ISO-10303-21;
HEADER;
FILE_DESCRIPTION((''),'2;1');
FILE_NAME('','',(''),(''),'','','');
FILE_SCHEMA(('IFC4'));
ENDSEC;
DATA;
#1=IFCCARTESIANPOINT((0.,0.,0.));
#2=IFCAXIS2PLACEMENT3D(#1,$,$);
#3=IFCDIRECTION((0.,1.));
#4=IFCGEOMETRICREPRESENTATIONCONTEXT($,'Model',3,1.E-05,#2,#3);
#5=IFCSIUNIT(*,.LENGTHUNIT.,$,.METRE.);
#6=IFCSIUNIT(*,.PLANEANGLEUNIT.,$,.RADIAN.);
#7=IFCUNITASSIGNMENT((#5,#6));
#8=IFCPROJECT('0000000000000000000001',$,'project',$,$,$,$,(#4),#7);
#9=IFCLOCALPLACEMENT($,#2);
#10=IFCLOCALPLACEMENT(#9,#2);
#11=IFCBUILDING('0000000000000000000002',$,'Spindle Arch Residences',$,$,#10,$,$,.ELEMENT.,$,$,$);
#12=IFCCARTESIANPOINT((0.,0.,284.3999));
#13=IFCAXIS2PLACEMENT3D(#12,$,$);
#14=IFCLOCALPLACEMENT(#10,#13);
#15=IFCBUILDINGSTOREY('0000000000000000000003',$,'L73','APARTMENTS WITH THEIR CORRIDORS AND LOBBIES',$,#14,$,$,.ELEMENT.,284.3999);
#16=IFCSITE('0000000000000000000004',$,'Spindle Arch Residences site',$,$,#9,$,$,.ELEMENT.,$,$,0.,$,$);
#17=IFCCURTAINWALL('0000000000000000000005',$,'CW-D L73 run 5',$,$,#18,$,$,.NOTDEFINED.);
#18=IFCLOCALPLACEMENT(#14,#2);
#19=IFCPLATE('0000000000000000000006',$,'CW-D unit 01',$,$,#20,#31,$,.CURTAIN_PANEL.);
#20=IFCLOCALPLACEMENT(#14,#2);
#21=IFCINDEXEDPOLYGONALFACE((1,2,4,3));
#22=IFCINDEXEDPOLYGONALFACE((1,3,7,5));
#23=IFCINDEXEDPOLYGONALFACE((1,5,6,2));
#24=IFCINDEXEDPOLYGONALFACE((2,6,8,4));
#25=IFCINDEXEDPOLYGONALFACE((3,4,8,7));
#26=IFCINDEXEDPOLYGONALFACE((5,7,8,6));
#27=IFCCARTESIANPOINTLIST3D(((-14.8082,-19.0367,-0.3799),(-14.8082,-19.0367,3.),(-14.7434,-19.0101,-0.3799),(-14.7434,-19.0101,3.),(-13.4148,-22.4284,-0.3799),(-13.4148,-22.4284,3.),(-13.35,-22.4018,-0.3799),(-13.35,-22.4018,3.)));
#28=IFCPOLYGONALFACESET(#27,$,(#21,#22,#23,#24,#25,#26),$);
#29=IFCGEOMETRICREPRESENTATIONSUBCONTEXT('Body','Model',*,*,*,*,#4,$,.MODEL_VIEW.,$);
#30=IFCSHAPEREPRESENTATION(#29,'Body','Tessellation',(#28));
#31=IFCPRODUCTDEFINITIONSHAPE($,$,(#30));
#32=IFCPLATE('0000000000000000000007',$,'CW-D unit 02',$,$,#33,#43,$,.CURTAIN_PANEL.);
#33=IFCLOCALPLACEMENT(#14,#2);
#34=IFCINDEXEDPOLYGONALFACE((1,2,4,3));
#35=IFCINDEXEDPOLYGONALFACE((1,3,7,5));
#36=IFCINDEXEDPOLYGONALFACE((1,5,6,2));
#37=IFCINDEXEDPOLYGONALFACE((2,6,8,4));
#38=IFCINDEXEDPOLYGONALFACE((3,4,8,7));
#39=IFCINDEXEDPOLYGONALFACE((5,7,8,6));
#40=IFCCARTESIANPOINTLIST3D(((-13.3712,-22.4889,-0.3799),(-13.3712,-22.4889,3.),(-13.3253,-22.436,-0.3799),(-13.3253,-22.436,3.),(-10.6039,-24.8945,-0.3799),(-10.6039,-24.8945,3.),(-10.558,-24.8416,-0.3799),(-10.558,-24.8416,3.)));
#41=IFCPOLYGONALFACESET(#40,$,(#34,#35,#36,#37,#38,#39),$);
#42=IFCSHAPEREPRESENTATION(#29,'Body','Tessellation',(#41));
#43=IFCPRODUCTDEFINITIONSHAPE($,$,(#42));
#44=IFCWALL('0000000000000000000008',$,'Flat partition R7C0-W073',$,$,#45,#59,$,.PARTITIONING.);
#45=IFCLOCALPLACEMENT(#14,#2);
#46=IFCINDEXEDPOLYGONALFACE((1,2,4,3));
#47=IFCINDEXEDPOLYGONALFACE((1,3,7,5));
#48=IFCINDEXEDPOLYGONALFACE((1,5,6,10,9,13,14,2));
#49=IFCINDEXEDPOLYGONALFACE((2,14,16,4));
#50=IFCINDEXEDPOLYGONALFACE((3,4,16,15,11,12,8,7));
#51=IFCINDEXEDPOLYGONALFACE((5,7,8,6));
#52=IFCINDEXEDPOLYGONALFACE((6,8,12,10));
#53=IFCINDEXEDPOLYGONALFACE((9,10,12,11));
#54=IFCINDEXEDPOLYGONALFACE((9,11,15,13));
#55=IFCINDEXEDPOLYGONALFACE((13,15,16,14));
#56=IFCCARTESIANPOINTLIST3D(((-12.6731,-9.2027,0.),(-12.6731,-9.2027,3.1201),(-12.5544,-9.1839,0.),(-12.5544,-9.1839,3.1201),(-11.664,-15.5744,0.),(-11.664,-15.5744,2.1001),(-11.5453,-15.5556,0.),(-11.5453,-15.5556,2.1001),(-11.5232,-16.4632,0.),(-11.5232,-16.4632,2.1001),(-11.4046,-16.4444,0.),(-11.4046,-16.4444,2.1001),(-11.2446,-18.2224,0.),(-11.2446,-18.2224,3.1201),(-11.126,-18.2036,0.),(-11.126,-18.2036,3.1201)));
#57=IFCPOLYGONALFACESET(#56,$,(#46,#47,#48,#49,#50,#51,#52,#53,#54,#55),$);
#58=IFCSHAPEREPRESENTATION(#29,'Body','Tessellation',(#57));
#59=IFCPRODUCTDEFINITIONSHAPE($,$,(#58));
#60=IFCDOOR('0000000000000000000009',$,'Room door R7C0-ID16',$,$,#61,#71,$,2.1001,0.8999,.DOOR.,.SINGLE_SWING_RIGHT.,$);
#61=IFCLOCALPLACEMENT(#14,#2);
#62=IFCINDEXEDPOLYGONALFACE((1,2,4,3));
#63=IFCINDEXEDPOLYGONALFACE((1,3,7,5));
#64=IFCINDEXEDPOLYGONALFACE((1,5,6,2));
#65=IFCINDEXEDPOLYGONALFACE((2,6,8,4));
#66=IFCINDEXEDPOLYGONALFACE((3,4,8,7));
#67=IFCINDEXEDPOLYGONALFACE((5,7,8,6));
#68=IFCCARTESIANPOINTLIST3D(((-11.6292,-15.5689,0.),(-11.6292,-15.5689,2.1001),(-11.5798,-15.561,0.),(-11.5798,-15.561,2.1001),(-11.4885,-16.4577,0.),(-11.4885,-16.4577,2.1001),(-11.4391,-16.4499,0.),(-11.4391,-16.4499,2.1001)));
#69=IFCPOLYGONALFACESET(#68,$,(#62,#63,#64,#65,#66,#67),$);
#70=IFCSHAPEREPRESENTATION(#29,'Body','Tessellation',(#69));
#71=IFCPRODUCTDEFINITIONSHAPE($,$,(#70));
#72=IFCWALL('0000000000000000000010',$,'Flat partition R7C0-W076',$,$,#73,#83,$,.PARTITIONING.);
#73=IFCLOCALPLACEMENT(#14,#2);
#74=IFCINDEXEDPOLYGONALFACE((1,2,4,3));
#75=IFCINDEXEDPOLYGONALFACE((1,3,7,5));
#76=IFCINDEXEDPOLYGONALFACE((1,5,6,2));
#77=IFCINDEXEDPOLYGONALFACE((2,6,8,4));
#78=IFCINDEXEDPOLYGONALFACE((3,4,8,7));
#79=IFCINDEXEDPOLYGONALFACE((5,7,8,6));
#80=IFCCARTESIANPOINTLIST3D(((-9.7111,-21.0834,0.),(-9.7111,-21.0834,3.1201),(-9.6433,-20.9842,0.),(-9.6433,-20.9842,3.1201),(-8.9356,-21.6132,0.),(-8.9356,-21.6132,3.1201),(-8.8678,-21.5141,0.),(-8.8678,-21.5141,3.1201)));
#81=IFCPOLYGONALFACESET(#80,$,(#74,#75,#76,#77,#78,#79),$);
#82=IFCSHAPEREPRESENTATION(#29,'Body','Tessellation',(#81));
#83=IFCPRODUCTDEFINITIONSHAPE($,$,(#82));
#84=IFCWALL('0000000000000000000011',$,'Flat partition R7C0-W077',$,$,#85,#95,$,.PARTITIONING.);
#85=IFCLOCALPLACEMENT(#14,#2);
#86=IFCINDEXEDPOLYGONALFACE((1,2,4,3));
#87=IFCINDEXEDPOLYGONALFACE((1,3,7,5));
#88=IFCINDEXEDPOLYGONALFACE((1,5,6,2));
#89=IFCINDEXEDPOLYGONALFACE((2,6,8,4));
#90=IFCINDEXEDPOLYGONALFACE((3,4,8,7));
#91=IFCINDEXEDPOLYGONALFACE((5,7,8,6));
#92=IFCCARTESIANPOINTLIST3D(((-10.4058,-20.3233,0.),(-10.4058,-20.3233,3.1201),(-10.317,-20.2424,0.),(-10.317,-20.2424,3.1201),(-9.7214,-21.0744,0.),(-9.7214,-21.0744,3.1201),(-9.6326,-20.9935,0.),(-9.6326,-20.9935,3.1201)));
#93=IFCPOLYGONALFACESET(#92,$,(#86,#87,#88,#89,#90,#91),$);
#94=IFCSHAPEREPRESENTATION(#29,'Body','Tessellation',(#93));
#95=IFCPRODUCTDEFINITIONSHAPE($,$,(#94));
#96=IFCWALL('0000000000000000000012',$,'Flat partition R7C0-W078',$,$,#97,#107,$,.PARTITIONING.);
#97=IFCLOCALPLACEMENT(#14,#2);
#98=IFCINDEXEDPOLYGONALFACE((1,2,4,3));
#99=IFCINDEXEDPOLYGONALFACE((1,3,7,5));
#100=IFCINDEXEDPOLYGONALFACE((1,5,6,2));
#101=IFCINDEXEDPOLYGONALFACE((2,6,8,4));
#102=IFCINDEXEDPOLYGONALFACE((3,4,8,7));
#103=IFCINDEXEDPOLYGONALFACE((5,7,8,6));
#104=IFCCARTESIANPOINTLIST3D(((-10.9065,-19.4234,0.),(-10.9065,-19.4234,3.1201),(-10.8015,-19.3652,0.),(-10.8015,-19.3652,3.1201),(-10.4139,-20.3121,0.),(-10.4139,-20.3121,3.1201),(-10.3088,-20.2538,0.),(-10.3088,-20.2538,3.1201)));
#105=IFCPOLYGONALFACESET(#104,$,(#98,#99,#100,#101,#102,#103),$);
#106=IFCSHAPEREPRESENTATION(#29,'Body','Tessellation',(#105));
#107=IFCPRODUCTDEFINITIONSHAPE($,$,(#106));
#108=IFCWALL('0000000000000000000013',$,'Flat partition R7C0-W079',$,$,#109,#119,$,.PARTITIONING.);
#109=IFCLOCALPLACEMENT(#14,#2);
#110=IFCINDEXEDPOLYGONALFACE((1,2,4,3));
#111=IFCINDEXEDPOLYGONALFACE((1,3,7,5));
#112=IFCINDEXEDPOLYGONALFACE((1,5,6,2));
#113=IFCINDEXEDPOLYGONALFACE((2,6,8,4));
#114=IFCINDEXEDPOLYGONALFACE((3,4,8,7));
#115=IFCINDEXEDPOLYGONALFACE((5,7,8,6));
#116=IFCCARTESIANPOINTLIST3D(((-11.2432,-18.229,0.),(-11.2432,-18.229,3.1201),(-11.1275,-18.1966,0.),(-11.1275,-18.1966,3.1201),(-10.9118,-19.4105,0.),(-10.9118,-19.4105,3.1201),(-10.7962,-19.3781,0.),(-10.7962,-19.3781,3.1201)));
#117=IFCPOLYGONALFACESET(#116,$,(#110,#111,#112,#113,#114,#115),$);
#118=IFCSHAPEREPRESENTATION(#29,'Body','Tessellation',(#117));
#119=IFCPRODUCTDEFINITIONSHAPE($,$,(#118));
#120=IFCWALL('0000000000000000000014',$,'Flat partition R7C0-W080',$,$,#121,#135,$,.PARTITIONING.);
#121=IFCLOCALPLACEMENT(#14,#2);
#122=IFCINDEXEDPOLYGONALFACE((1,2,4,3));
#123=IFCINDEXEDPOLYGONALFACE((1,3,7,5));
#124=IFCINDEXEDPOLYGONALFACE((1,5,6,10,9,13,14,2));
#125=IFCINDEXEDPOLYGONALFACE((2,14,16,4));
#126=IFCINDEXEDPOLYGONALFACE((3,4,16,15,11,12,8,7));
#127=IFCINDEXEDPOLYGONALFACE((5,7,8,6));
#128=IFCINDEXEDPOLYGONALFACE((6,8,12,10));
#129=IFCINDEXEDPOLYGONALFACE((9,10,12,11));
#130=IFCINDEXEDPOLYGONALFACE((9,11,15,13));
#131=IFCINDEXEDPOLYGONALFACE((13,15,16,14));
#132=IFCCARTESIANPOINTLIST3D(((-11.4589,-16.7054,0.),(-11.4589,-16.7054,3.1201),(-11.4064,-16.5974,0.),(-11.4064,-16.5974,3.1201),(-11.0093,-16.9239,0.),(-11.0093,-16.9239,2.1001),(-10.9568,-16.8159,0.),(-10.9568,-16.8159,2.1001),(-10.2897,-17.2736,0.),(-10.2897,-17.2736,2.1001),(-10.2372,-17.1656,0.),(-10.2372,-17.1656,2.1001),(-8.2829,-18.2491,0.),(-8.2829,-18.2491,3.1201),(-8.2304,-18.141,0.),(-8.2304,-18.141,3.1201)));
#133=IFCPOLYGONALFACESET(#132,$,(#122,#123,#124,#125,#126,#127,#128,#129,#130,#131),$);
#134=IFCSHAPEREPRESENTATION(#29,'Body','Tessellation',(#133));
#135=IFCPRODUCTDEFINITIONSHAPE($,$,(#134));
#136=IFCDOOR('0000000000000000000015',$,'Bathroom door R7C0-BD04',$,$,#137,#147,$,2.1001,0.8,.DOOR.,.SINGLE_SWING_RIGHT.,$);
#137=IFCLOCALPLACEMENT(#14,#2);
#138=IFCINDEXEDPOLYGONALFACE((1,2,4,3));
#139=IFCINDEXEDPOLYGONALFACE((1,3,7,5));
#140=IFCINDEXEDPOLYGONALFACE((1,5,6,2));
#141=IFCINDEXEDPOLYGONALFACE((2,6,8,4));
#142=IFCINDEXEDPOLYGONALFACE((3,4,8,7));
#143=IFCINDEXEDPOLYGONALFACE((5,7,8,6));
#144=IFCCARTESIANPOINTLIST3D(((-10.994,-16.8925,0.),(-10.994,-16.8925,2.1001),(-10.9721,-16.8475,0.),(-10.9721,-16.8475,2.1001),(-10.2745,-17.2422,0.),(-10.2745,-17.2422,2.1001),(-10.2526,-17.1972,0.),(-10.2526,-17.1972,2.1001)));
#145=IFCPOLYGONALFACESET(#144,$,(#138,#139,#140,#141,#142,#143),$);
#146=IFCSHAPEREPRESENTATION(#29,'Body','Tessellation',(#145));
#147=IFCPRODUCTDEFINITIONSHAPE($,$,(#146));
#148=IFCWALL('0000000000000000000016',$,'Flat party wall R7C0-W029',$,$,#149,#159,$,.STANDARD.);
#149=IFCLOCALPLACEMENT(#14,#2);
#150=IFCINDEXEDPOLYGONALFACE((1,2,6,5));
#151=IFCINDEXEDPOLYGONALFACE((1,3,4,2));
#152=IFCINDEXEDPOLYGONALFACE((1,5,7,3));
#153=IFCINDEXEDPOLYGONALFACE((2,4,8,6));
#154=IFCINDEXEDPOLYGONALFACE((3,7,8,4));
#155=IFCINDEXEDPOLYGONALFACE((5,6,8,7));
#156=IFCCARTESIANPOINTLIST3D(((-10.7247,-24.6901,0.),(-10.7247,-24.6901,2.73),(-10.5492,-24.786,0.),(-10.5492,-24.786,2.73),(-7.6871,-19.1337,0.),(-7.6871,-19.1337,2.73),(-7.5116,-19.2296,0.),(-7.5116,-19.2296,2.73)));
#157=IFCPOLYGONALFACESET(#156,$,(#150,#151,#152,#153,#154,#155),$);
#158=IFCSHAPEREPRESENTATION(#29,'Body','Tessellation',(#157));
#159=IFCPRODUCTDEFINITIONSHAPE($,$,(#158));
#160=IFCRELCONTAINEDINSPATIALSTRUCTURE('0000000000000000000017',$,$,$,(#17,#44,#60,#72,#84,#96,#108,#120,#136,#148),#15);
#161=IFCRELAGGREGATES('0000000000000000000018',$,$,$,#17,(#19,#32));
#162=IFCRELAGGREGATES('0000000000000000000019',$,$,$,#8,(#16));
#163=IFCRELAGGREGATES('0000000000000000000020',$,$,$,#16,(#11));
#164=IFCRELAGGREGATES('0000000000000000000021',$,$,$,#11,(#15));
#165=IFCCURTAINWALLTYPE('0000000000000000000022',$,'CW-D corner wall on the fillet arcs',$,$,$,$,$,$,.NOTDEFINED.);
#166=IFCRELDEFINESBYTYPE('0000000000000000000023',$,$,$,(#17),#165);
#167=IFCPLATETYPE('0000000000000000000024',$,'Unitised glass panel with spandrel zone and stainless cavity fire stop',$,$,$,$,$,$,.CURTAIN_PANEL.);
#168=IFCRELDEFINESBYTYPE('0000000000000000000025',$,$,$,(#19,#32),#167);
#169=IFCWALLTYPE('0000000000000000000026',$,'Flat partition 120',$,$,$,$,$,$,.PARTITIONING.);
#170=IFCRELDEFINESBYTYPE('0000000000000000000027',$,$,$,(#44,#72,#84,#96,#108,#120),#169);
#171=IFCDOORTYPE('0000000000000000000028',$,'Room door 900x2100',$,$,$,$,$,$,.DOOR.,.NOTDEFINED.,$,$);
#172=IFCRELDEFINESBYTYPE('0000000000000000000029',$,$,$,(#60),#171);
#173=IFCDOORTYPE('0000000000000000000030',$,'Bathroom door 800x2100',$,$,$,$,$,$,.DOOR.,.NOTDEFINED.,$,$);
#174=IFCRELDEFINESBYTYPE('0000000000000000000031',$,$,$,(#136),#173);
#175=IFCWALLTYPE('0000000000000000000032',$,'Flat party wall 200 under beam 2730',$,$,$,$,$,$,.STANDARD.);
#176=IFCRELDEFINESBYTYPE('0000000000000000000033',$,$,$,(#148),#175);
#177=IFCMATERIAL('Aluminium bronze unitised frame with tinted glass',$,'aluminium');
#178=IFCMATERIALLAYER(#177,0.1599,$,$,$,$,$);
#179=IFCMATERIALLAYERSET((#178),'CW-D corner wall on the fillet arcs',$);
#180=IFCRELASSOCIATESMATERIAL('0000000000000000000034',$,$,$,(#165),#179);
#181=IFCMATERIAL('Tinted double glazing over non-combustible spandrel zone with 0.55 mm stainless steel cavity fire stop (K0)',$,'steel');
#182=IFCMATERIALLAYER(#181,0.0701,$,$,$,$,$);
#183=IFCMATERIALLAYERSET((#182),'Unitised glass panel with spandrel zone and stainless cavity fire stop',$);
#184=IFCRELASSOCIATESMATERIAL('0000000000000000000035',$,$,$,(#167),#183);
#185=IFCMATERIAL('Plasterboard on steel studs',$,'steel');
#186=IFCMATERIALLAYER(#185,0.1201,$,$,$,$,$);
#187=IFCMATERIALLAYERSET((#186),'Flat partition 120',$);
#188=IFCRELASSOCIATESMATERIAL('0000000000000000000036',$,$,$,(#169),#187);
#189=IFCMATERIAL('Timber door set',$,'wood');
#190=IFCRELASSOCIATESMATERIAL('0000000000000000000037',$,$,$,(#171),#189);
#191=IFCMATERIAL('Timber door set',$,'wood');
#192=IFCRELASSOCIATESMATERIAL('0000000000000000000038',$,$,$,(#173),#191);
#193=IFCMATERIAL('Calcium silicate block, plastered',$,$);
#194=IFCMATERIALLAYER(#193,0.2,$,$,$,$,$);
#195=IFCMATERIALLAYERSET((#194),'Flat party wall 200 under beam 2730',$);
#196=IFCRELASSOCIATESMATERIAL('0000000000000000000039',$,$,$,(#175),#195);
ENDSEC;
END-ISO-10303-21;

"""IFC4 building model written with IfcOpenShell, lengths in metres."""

from ifc_helpers import new_model, si_unit, direction, frame, frame_2d, origin, origin_2d, place, context, subcontext, project, spatial, rectangle, extrude, material, layer, layer_set, type_object, element, fill, aggregate, save


model = new_model("IFC4")

# Units and contexts
model_context = context("Model", 3, precision=1e-05, world=origin(), true_north=direction((0.0, 1.0)))
body_context = subcontext(model_context, "Body", "Model", "MODEL_VIEW")
ifc_project = project(units=[si_unit("LENGTHUNIT", "METRE"), si_unit("PLANEANGLEUNIT", "RADIAN")], contexts=[model_context])

# Site, building, storey
site_placement = place(None, origin())
site = spatial("IfcSite", under=ifc_project, at=site_placement, Name="Spindle Arch Residences site", CompositionType="ELEMENT", RefElevation=0.0)
building_placement = place(site_placement, origin())
building = spatial("IfcBuilding", under=site, at=building_placement, Name="Spindle Arch Residences", CompositionType="ELEMENT")
storey_placement = place(building_placement, frame((0.0, 0.0, 284.3999)))
storey = spatial("IfcBuildingStorey", under=building, at=storey_placement, Name="L73", Description="APARTMENTS WITH THEIR CORRIDORS AND LOBBIES", CompositionType="ELEMENT", Elevation=284.3999)

# Curtain wall
ifc_material_1 = material(Name="Aluminium bronze unitised frame with tinted glass", Category="aluminium")
ifc_layer_1 = layer(ifc_material_1, 0.1599)
ifc_layer_set_1 = layer_set([ifc_layer_1], Name="CW-D corner wall on the fillet arcs")
curtain_wall_type = type_object("IfcCurtainWallType", Name="CW-D corner wall on the fillet arcs", PredefinedType="NOTDEFINED", material=ifc_layer_set_1)
curtain_wall_placement = place(storey_placement, origin())
curtain_wall = element("IfcCurtainWall", 1, at=curtain_wall_placement, inside=storey, type_object=curtain_wall_type, Name="CW-D L73 run 5", PredefinedType="NOTDEFINED")

# Plates
ifc_material_2 = material(Name="Tinted double glazing over non-combustible spandrel zone with 0.55 mm stainless steel cavity fire stop (K0)", Category="steel")
ifc_layer_2 = layer(ifc_material_2, 0.0701)
ifc_layer_set_2 = layer_set([ifc_layer_2], Name="Unitised glass panel with spandrel zone and stainless cavity fire stop")
plate_type = type_object("IfcPlateType", Name="Unitised glass panel with spandrel zone and stainless cavity fire stop", PredefinedType="CURTAIN_PANEL", material=ifc_layer_set_2)
plate_1_placement = place(storey_placement, frame((-14.0791, -20.7192, -0.3799), z_axis=(0.0, 0.0, 1.0), x_axis=(0.379994, -0.924989, 0.0)))
plate_1 = element("IfcPlate", 2, at=plate_1_placement, type_object=plate_type, Name="CW-D unit 01", PredefinedType="CURTAIN_PANEL", context=body_context, shape_type="SweptSolid", body=[
    extrude(rectangle(XDim=3.6667, YDim=0.0701, at=origin_2d()), origin(), (0.0, 0.0, 1.0), 3.3799),
])
plate_2_placement = place(storey_placement, frame((-11.9646, -23.6653, -0.3799), z_axis=(0.0, 0.0, 1.0), x_axis=(0.75471, -0.656059, 0.0)))
plate_2 = element("IfcPlate", 3, at=plate_2_placement, type_object=plate_type, Name="CW-D unit 02", PredefinedType="CURTAIN_PANEL", context=body_context, shape_type="SweptSolid", body=[
    extrude(rectangle(XDim=3.6667, YDim=0.0701, at=origin_2d()), origin(), (0.0, 0.0, 1.0), 3.3799),
])
aggregate(curtain_wall, [plate_1, plate_2])

# Wall, opening, door
ifc_material_3 = material(Name="Plasterboard on steel studs", Category="steel")
ifc_layer_3 = layer(ifc_material_3, 0.1201)
ifc_layer_set_3 = layer_set([ifc_layer_3], Name="Flat partition 120")
wall_type_1 = type_object("IfcWallType", Name="Flat partition 120", PredefinedType="PARTITIONING", material=ifc_layer_set_3)
wall_1_placement = place(storey_placement, frame((-11.1853, -18.2129, 0.0), z_axis=(0.0, 0.0, 1.0), x_axis=(-0.156421, 0.98769, 0.0)))
wall_1 = element("IfcWall", 4, at=wall_1_placement, inside=storey, type_object=wall_type_1, Name="Flat partition R7C0-W073", PredefinedType="PARTITIONING", context=body_context, shape_type="SweptSolid", body=[
    extrude(rectangle(XDim=9.1321, YDim=0.1201, at=frame_2d((4.5659, 0.0))), origin(), (0.0, 0.0, 1.0), 3.1201),
])
opening_1_placement = place(wall_1_placement, frame((1.781, 0.0, 0.0)))
opening_1 = element("IfcOpeningElement", 5, at=opening_1_placement, cuts=wall_1, PredefinedType="OPENING", context=body_context, shape_type="SweptSolid", body=[
    extrude(rectangle(XDim=0.8999, YDim=2.1001, at=frame_2d((0.45, 1.05))), frame((0.0, 0.0701, 0.0), z_axis=(0.0, -1.0, 0.0), x_axis=(1.0, 0.0, 0.0)), (0.0, 0.0, 1.0), 0.1401),
])
ifc_material_4 = material(Name="Timber door set", Category="wood")
door_type_1 = type_object("IfcDoorType", Name="Room door 900x2100", OperationType="NOTDEFINED", PredefinedType="DOOR", material=ifc_material_4)
door_1_placement = place(opening_1_placement, origin())
door_1 = element("IfcDoor", 6, at=door_1_placement, inside=storey, type_object=door_type_1, Name="Room door R7C0-ID16", OperationType="SINGLE_SWING_RIGHT", OverallHeight=2.1001, OverallWidth=0.8999, PredefinedType="DOOR", context=body_context, shape_type="SweptSolid", body=[
    extrude(rectangle(XDim=0.8999, YDim=2.1001, at=frame_2d((0.45, 1.05))), frame((0.0, 0.0249, 0.0), z_axis=(0.0, -1.0, 0.0), x_axis=(1.0, 0.0, 0.0)), (0.0, 0.0, 1.0), 0.05),
])
fill(opening_1, door_1)

# Walls
wall_2_placement = place(storey_placement, frame((-8.9016, -21.5637, 0.0), z_axis=(0.0, 0.0, 1.0), x_axis=(-0.825677, 0.564143, 0.0)))
element("IfcWall", 7, at=wall_2_placement, inside=storey, type_object=wall_type_1, Name="Flat partition R7C0-W076", PredefinedType="PARTITIONING", context=body_context, shape_type="SweptSolid", body=[
    extrude(rectangle(XDim=0.9392, YDim=0.1201, at=frame_2d((0.4697, 0.0))), origin(), (0.0, 0.0, 1.0), 3.1201),
])
for number, where, z_axis, x_axis, name in (
    (8, (-9.677, -21.0339, 0.0), (0.0, 0.0, 1.0), (-0.673545, 0.739146, 0.0), "Flat partition R7C0-W077"),
    (9, (-10.3613, -20.283, 0.0), (0.0, 0.0, 1.0), (-0.484868, 0.874588, 0.0), "Flat partition R7C0-W078"),
):
    element("IfcWall", number, at=place(storey_placement, frame(where, z_axis=z_axis, x_axis=x_axis)), inside=storey, type_object=wall_type_1, Name=name, PredefinedType="PARTITIONING", context=body_context, shape_type="SweptSolid", body=[
        extrude(rectangle(XDim=1.0161, YDim=0.1201, at=frame_2d((0.5081, 0.0))), origin(), (0.0, 0.0, 1.0), 3.1201),
    ])
wall_3_placement = place(storey_placement, frame((-10.854, -19.3943, 0.0), z_axis=(0.0, 0.0, 1.0), x_axis=(-0.270014, 0.962856, 0.0)))
element("IfcWall", 10, at=wall_3_placement, inside=storey, type_object=wall_type_1, Name="Flat partition R7C0-W079", PredefinedType="PARTITIONING", context=body_context, shape_type="SweptSolid", body=[
    extrude(rectangle(XDim=1.2271, YDim=0.1201, at=frame_2d((0.6135, 0.0))), origin(), (0.0, 0.0, 1.0), 3.1201),
])

# Wall, opening, door
wall_4_placement = place(storey_placement, frame((-11.4326, -16.6514, 0.0), z_axis=(0.0, 0.0, 1.0), x_axis=(0.89939, -0.437147, 0.0)))
wall_4 = element("IfcWall", 11, at=wall_4_placement, inside=storey, type_object=wall_type_1, Name="Flat partition R7C0-W080", PredefinedType="PARTITIONING", context=body_context, shape_type="SweptSolid", body=[
    extrude(rectangle(XDim=3.5312, YDim=0.1201, at=frame_2d((1.7656, 0.0))), origin(), (0.0, 0.0, 1.0), 3.1201),
])
opening_2_placement = place(wall_4_placement, frame((0.5, 0.0, 0.0)))
opening_2 = element("IfcOpeningElement", 12, at=opening_2_placement, cuts=wall_4, PredefinedType="OPENING", context=body_context, shape_type="SweptSolid", body=[
    extrude(rectangle(XDim=0.8, YDim=2.1001, at=frame_2d((0.3999, 1.05))), frame((0.0, 0.0701, 0.0), z_axis=(0.0, -1.0, 0.0), x_axis=(1.0, 0.0, 0.0)), (0.0, 0.0, 1.0), 0.1401),
])
ifc_material_5 = material(Name="Timber door set", Category="wood")
door_type_2 = type_object("IfcDoorType", Name="Bathroom door 800x2100", OperationType="NOTDEFINED", PredefinedType="DOOR", material=ifc_material_5)
door_2_placement = place(opening_2_placement, origin())
door_2 = element("IfcDoor", 13, at=door_2_placement, inside=storey, type_object=door_type_2, Name="Bathroom door R7C0-BD04", OperationType="SINGLE_SWING_RIGHT", OverallHeight=2.1001, OverallWidth=0.8, PredefinedType="DOOR", context=body_context, shape_type="SweptSolid", body=[
    extrude(rectangle(XDim=0.8, YDim=2.1001, at=frame_2d((0.3999, 1.05))), frame((0.0, 0.0249, 0.0), z_axis=(0.0, -1.0, 0.0), x_axis=(1.0, 0.0, 0.0)), (0.0, 0.0, 1.0), 0.05),
])
fill(opening_2, door_2)

# Wall
ifc_material_6 = material(Name="Calcium silicate block, plastered")
ifc_layer_4 = layer(ifc_material_6, 0.2)
ifc_layer_set_4 = layer_set([ifc_layer_4], Name="Flat party wall 200 under beam 2730")
wall_type_2 = type_object("IfcWallType", Name="Flat party wall 200 under beam 2730", PredefinedType="STANDARD", material=ifc_layer_set_4)
wall_5_placement = place(storey_placement, frame((-10.637, -24.738, 0.0), z_axis=(0.0, 0.0, 1.0), x_axis=(0.479684, 0.877441, 0.0)))
element("IfcWall", 14, at=wall_5_placement, inside=storey, type_object=wall_type_2, Name="Flat party wall R7C0-W029", PredefinedType="STANDARD", context=body_context, shape_type="SweptSolid", body=[
    extrude(rectangle(XDim=6.3325, YDim=0.2, at=frame_2d((3.1663, 0.0))), origin(), (0.0, 0.0, 1.0), 2.73),
])

save(model, "model.ifc")
